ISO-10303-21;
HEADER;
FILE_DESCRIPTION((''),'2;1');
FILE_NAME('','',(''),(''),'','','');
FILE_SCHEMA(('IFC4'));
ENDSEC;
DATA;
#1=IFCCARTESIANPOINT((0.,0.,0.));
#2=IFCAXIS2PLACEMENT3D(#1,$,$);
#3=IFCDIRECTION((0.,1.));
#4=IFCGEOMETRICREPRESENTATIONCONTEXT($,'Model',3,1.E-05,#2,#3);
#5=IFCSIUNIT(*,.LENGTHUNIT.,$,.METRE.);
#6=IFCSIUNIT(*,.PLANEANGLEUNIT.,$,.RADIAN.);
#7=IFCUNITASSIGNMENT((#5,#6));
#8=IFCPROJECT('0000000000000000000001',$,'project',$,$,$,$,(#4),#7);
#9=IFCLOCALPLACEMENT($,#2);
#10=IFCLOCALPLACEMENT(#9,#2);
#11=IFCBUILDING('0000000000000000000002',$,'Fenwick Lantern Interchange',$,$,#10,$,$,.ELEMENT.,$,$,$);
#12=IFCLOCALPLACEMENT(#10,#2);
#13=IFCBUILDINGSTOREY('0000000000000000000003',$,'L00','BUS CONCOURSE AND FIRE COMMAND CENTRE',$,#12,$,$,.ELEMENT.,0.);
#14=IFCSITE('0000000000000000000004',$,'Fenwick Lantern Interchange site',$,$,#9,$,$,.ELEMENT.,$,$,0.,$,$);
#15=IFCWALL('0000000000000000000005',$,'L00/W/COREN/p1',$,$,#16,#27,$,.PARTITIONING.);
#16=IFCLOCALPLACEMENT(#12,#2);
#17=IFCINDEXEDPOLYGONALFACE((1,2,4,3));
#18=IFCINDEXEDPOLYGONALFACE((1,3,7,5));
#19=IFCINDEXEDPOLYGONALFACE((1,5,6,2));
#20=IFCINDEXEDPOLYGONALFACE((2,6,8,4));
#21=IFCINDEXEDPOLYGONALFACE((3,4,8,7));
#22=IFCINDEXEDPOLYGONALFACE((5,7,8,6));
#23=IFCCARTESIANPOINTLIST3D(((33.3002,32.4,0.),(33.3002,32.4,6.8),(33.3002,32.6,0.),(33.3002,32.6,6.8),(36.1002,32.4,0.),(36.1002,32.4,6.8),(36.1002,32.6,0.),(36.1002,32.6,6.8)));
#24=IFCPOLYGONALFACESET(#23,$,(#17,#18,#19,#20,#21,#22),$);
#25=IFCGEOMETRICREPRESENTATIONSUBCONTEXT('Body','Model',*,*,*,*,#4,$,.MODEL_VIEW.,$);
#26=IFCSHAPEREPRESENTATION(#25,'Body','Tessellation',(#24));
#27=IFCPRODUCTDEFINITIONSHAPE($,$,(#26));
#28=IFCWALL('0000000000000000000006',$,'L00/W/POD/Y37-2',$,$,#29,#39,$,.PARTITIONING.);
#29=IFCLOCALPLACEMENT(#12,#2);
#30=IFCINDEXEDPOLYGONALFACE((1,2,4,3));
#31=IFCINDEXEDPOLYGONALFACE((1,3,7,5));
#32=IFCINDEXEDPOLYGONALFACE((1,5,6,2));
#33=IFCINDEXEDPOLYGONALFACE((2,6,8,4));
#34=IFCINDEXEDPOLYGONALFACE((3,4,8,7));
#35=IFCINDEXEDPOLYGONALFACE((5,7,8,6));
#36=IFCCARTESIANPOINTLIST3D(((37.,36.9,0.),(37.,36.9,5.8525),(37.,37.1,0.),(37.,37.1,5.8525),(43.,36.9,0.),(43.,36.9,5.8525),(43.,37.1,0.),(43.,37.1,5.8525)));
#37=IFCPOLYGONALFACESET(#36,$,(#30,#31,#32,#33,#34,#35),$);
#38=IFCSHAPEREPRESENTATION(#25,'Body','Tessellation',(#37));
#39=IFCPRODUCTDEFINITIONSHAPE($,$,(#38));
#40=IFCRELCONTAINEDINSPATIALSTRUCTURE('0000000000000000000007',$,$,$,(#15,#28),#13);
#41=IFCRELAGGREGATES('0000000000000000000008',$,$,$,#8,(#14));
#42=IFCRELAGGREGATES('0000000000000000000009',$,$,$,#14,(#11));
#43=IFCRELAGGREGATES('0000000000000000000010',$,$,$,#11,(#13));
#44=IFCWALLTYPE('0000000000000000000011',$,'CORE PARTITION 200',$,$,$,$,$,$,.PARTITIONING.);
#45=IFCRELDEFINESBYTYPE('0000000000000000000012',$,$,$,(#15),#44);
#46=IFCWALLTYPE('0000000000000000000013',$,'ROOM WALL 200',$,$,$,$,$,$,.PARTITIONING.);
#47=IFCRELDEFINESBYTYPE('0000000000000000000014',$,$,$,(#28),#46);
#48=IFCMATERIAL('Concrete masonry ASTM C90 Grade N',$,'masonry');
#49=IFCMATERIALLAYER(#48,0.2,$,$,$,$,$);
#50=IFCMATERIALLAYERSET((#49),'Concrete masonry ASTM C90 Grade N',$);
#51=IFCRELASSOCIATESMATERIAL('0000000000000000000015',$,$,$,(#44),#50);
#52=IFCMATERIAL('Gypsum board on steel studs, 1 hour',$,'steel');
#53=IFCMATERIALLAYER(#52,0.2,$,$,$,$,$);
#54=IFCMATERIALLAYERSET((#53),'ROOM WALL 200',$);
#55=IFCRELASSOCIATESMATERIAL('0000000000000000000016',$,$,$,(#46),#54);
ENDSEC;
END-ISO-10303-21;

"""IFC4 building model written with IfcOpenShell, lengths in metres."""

from ifc_helpers import new_model, si_unit, direction, frame, frame_2d, origin, place, context, subcontext, project, spatial, rectangle, extrude, material, layer, layer_set, type_object, element, save


model = new_model("IFC4")

# Units and contexts
model_context = context("Model", 3, precision=1e-05, world=origin(), true_north=direction((0.0, 1.0)))
body_context = subcontext(model_context, "Body", "Model", "MODEL_VIEW")
ifc_project = project(units=[si_unit("LENGTHUNIT", "METRE"), si_unit("PLANEANGLEUNIT", "RADIAN")], contexts=[model_context])

# Site, building, storey
site_placement = place(None, origin())
site = spatial("IfcSite", under=ifc_project, at=site_placement, Name="Fenwick Lantern Interchange site", CompositionType="ELEMENT", RefElevation=0.0)
building_placement = place(site_placement, origin())
building = spatial("IfcBuilding", under=site, at=building_placement, Name="Fenwick Lantern Interchange", CompositionType="ELEMENT")
storey_placement = place(building_placement, origin())
storey = spatial("IfcBuildingStorey", under=building, at=storey_placement, Name="L00", Description="BUS CONCOURSE AND FIRE COMMAND CENTRE", CompositionType="ELEMENT", Elevation=0.0)

# Wall
ifc_material_1 = material(Name="Concrete masonry ASTM C90 Grade N", Category="masonry")
ifc_layer_1 = layer(ifc_material_1, 0.2)
ifc_layer_set_1 = layer_set([ifc_layer_1], Name="Concrete masonry ASTM C90 Grade N")
wall_type_1 = type_object("IfcWallType", Name="CORE PARTITION 200", PredefinedType="PARTITIONING", material=ifc_layer_set_1)
wall_1_placement = place(storey_placement, frame((36.1001, 32.5, 0.0), z_axis=(0.0, 0.0, 1.0), x_axis=(-1.0, 0.0, 0.0)))
element("IfcWall", 1, at=wall_1_placement, inside=storey, type_object=wall_type_1, Name="L00/W/COREN/p1", PredefinedType="PARTITIONING", context=body_context, shape_type="SweptSolid", body=[
    extrude(rectangle(XDim=2.8, YDim=0.2, at=frame_2d((1.3999, 0.0))), origin(), (0.0, 0.0, 1.0), 6.8),
])

# Wall
ifc_material_2 = material(Name="Gypsum board on steel studs, 1 hour", Category="steel")
ifc_layer_2 = layer(ifc_material_2, 0.2)
ifc_layer_set_2 = layer_set([ifc_layer_2], Name="ROOM WALL 200")
wall_type_2 = type_object("IfcWallType", Name="ROOM WALL 200", PredefinedType="PARTITIONING", material=ifc_layer_set_2)
wall_2_placement = place(storey_placement, frame((37.0, 37.0, 0.0), z_axis=(0.0, 0.0, 1.0), x_axis=(1.0, 0.0, 0.0)))
element("IfcWall", 2, at=wall_2_placement, inside=storey, type_object=wall_type_2, Name="L00/W/POD/Y37-2", PredefinedType="PARTITIONING", context=body_context, shape_type="SweptSolid", body=[
    extrude(rectangle(XDim=6.0, YDim=0.2, at=frame_2d((3.0, 0.0))), origin(), (0.0, 0.0, 1.0), 5.8525),
])

save(model, "model.ifc")
